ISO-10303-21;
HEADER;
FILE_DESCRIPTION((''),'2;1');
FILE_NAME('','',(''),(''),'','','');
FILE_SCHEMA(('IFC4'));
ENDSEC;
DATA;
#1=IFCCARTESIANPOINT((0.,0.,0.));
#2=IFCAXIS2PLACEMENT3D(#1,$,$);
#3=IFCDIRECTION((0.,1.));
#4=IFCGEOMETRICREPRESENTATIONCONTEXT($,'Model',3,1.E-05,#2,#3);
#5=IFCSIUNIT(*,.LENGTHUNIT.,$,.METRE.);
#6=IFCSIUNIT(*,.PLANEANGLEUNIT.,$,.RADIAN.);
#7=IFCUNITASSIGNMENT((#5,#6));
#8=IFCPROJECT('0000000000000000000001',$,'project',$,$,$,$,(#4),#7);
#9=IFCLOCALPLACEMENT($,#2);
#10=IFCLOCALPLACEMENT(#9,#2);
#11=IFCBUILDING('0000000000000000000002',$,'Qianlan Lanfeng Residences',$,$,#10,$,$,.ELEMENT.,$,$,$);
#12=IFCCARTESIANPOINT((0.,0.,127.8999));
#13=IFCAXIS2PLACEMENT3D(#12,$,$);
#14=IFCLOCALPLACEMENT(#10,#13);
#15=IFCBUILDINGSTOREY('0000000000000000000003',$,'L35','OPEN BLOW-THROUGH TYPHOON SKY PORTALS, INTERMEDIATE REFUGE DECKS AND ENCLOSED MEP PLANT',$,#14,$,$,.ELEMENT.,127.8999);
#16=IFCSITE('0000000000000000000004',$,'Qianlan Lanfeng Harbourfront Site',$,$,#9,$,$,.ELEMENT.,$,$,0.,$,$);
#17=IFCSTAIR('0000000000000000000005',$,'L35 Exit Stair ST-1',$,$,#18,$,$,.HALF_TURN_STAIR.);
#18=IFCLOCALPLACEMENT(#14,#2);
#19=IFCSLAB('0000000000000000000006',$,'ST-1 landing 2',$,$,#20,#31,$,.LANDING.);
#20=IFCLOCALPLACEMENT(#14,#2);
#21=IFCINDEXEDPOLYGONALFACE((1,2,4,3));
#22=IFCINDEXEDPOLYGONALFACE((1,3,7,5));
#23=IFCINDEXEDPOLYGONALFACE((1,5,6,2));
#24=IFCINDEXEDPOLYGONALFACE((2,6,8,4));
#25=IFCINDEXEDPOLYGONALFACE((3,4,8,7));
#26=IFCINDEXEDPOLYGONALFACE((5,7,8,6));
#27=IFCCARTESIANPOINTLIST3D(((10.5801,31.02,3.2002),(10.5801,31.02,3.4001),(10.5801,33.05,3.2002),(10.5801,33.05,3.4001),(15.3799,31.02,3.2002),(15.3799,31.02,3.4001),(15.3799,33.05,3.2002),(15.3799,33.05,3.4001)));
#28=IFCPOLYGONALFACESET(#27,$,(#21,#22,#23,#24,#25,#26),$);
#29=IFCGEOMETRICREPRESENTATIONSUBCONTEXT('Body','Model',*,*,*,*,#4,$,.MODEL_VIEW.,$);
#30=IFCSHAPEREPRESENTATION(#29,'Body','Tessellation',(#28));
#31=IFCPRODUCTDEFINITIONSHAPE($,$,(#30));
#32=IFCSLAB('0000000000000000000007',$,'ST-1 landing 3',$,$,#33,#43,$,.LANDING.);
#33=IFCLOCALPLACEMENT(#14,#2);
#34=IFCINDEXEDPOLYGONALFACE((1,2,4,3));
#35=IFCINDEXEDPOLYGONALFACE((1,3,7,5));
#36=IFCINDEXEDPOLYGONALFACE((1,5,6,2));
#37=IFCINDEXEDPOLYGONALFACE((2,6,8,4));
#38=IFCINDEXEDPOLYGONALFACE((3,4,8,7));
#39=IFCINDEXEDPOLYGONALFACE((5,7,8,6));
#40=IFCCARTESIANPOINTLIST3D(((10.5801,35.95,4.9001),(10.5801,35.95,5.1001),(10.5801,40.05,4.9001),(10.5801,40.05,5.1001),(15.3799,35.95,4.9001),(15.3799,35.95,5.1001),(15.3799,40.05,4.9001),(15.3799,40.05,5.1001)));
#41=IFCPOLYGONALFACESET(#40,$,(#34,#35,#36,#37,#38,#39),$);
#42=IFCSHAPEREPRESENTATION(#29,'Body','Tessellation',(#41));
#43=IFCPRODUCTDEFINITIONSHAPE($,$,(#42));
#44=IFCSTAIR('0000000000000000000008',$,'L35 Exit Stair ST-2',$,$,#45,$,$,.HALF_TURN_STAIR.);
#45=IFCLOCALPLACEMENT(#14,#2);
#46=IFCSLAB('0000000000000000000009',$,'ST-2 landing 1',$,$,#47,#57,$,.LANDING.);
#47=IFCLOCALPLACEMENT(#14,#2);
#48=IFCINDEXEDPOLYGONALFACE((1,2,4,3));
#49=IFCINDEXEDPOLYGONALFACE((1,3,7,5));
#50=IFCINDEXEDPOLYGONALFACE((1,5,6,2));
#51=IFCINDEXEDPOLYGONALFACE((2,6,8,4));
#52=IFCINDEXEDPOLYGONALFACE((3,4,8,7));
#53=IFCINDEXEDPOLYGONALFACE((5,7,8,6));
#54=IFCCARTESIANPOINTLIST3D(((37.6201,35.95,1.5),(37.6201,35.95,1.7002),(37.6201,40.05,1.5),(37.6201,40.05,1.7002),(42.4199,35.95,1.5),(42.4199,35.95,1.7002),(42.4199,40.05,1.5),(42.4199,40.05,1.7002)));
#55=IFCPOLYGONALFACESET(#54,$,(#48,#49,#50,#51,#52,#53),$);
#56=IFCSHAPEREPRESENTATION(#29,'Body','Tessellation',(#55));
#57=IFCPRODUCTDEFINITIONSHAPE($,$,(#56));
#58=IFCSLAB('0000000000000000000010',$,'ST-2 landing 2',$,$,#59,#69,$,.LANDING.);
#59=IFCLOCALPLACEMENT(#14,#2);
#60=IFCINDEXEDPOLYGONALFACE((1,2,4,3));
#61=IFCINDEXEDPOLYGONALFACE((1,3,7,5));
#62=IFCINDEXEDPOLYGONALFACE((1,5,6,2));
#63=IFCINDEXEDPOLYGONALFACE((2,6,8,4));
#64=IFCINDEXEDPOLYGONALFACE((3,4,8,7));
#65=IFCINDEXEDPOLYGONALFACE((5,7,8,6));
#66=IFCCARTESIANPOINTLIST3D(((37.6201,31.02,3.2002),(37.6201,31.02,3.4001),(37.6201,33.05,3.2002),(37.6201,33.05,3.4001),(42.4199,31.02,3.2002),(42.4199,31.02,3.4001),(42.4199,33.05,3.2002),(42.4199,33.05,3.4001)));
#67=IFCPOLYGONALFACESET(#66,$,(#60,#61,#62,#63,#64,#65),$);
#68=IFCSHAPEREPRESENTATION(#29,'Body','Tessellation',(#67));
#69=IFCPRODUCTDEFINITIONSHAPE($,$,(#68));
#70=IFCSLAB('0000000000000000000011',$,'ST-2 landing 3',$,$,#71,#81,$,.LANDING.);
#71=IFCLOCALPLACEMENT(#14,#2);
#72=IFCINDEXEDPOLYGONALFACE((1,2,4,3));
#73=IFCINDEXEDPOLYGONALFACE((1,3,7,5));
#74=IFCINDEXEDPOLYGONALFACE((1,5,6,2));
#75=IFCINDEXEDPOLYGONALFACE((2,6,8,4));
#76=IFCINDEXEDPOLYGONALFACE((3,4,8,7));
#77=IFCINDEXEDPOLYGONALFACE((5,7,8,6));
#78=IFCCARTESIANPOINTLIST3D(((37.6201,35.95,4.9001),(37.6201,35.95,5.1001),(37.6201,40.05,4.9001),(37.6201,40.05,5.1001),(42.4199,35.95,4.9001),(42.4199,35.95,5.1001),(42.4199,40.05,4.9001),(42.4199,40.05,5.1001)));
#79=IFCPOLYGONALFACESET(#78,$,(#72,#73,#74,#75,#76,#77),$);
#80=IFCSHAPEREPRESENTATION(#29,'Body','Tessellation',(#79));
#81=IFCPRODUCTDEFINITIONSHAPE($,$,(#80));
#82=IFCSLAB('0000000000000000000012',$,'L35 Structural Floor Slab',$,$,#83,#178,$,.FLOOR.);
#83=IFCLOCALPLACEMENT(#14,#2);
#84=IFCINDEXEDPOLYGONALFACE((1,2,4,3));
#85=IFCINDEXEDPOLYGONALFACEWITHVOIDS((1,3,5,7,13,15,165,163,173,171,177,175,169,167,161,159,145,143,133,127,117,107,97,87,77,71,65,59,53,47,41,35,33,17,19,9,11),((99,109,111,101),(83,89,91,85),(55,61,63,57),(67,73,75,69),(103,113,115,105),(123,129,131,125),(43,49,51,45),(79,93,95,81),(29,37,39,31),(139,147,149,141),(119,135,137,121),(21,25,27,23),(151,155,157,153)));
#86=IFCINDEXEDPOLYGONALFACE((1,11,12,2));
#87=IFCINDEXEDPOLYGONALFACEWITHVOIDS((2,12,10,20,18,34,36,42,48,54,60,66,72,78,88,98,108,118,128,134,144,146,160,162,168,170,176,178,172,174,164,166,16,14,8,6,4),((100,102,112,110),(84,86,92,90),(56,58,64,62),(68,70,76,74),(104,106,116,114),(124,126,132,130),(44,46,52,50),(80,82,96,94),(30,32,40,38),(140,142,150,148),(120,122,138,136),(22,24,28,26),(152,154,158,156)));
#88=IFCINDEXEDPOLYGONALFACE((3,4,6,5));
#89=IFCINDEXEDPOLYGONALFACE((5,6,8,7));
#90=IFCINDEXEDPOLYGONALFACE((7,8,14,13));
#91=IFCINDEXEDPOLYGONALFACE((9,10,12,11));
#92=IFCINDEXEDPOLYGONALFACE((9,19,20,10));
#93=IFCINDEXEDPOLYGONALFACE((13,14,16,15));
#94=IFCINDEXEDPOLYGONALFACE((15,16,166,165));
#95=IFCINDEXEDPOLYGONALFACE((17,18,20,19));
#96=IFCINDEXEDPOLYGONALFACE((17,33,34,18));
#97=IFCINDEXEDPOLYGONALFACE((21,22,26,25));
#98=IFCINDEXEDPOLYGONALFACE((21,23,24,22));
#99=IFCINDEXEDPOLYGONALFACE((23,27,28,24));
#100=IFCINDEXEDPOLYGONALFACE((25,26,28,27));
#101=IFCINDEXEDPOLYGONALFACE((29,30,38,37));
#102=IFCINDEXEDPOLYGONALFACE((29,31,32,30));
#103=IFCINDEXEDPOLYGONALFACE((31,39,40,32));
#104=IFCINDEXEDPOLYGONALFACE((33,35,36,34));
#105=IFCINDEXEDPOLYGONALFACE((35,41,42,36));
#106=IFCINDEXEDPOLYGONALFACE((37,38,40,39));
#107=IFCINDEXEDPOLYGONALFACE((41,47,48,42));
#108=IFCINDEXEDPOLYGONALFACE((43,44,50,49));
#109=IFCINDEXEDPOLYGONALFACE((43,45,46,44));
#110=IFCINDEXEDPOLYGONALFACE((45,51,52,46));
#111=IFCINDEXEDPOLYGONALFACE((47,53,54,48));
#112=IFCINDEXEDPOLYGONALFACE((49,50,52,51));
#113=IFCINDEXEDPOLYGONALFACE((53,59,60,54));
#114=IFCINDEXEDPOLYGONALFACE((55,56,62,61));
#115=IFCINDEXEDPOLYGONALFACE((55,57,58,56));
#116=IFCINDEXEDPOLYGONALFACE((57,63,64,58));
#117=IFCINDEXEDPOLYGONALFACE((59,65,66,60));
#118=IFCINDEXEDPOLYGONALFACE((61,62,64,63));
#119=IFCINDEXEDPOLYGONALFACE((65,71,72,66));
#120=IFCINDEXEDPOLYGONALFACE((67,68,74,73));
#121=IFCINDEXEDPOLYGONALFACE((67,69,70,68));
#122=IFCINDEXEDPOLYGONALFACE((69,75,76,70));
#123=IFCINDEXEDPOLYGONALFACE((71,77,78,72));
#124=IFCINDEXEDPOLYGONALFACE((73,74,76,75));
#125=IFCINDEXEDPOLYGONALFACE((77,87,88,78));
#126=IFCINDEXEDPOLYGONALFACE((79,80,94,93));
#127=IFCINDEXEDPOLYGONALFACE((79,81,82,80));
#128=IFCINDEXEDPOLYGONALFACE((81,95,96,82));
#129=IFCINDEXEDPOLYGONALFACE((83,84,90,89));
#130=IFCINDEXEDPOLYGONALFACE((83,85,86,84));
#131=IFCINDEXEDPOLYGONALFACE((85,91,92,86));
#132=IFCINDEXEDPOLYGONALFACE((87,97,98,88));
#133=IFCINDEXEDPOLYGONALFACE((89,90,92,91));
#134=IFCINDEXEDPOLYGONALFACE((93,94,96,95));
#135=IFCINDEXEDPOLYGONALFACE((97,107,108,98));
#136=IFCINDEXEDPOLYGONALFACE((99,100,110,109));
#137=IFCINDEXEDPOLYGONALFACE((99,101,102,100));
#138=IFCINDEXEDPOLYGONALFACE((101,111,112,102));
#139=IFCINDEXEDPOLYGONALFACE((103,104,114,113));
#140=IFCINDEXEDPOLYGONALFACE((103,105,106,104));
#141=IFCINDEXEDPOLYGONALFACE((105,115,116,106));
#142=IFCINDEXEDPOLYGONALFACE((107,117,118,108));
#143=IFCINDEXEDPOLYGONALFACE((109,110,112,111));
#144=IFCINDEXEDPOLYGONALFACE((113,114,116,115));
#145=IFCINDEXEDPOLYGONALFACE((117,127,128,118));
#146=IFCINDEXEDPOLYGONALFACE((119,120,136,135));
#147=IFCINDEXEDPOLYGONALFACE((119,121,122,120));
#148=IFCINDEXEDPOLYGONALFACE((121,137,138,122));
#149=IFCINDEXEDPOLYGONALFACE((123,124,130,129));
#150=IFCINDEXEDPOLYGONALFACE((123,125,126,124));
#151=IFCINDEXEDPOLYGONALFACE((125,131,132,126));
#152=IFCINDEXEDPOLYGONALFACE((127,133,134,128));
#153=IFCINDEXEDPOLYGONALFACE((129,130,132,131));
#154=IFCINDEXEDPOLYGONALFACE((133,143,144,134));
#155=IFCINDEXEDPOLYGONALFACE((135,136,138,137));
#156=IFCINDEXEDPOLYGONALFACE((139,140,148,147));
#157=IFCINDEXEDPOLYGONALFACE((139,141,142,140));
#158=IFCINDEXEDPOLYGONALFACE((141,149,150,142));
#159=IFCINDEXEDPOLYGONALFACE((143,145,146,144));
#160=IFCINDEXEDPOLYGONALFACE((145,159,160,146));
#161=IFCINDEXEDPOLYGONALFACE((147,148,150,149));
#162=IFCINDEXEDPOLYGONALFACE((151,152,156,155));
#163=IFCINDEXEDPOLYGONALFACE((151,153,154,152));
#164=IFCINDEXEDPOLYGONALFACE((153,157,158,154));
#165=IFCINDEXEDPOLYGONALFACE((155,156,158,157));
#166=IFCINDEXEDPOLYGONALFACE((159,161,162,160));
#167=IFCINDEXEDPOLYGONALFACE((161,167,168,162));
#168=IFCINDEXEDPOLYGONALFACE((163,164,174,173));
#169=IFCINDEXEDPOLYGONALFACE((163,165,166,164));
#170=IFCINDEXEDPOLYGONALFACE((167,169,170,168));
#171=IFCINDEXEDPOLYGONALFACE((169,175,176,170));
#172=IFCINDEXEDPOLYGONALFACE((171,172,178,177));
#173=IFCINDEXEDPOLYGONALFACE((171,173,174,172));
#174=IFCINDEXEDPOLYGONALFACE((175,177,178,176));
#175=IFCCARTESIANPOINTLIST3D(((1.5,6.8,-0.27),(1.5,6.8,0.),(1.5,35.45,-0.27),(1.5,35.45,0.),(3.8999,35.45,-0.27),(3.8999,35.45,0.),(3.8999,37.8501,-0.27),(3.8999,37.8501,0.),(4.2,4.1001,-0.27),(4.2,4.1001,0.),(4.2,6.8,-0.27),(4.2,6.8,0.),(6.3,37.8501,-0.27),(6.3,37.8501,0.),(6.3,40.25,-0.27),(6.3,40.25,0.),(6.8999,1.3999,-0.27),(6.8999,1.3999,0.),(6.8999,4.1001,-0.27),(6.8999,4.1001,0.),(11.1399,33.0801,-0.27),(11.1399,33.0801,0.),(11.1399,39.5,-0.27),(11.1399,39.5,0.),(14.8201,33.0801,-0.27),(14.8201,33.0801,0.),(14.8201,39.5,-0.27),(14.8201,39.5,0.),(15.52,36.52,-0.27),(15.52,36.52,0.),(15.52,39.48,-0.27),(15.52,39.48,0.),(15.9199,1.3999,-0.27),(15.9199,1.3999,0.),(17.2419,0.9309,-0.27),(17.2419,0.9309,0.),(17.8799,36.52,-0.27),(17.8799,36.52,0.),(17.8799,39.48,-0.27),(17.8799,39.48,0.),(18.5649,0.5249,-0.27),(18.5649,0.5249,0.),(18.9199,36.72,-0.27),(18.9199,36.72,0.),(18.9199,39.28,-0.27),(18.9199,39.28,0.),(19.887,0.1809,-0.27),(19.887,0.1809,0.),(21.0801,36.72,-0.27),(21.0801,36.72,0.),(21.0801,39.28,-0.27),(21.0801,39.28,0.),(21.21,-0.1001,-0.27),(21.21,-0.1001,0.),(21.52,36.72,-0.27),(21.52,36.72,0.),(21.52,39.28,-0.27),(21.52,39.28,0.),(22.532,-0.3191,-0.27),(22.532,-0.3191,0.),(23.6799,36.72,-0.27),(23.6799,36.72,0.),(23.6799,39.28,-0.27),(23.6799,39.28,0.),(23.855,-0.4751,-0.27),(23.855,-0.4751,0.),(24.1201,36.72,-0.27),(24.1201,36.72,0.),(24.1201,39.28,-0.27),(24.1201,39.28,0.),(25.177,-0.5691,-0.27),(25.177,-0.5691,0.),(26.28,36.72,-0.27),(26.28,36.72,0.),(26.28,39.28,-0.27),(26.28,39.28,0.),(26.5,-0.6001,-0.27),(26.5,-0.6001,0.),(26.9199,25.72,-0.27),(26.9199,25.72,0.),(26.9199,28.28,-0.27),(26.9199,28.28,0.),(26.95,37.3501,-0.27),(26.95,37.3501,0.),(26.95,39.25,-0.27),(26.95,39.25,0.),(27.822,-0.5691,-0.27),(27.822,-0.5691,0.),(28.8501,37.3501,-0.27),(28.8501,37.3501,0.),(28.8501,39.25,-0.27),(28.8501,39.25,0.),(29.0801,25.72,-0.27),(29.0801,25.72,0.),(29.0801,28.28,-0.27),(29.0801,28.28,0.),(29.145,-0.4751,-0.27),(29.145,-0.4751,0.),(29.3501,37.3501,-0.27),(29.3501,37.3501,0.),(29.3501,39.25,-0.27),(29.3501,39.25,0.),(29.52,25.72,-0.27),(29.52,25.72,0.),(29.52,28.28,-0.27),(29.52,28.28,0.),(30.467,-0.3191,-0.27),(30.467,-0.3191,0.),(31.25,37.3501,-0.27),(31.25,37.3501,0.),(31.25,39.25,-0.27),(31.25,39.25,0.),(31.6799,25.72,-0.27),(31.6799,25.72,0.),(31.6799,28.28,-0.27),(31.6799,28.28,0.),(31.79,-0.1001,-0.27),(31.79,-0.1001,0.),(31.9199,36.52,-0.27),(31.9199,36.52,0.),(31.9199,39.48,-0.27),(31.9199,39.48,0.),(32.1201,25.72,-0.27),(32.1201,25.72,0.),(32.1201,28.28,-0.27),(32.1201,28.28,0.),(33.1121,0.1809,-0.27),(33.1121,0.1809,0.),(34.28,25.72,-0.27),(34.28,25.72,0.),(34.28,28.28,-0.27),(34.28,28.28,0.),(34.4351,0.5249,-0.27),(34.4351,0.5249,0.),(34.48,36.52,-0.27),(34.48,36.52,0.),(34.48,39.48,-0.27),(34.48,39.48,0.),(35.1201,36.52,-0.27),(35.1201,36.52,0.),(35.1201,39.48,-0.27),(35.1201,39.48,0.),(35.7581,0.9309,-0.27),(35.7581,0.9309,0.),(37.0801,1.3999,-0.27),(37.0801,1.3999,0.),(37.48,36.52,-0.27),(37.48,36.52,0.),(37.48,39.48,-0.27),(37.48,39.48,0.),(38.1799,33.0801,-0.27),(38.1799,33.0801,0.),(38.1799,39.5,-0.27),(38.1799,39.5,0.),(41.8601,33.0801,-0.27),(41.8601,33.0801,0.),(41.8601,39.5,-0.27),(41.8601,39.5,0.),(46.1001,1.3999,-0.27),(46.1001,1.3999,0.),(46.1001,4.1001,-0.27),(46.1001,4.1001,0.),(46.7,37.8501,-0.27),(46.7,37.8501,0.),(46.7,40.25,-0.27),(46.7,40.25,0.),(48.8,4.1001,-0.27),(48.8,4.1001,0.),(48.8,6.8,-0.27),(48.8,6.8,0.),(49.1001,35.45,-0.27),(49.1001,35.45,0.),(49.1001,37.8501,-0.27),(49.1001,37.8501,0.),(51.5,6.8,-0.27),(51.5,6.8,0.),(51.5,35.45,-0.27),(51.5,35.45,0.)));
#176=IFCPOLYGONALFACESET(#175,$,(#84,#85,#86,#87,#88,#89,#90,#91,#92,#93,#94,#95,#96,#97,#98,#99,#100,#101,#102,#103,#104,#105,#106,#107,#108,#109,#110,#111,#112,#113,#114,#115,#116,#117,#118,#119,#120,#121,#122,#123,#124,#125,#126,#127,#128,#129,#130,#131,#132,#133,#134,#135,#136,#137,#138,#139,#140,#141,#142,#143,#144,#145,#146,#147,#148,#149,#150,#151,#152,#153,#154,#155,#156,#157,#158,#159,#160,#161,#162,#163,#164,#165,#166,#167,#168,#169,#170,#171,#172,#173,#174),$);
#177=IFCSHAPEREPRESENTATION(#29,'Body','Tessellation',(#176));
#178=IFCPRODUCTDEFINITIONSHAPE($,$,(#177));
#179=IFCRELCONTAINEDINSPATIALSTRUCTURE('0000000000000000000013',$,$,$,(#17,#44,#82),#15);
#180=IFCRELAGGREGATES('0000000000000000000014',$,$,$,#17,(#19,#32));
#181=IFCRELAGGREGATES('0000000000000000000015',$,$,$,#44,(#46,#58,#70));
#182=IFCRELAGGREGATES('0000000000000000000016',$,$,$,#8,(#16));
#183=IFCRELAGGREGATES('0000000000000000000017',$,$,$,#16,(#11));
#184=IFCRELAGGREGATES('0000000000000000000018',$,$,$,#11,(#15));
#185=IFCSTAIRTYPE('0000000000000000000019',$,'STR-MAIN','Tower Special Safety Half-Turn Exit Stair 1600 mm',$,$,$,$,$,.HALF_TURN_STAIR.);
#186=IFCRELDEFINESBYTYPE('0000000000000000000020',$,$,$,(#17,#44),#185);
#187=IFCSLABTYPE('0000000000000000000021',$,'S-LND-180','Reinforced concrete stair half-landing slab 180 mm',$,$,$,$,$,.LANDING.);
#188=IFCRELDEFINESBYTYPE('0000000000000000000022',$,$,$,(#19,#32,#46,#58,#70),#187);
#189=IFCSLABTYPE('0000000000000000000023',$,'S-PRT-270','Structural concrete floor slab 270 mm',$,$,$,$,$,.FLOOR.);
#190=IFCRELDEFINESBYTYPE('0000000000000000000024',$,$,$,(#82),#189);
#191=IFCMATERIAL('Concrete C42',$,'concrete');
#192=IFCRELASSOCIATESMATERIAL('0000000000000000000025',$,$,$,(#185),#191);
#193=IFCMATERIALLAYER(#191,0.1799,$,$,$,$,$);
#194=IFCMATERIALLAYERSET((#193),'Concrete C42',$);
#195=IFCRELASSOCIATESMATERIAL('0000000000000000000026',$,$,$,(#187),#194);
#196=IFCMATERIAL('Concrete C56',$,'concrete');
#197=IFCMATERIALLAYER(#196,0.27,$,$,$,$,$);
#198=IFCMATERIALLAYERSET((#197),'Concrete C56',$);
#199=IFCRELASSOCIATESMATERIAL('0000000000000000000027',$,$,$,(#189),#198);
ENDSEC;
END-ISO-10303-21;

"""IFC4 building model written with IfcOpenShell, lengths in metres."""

from ifc_helpers import new_model, si_unit, direction, frame, origin, place, context, subcontext, project, spatial, polyline, outline, extrude, material, layer, layer_set, type_object, element, aggregate, save


model = new_model("IFC4")

# Units and contexts
model_context = context("Model", 3, precision=1e-05, world=origin(), true_north=direction((0.0, 1.0)))
body_context = subcontext(model_context, "Body", "Model", "MODEL_VIEW")
ifc_project = project(units=[si_unit("LENGTHUNIT", "METRE"), si_unit("PLANEANGLEUNIT", "RADIAN")], contexts=[model_context])

# Site, building, storey
site_placement = place(None, origin())
site = spatial("IfcSite", under=ifc_project, at=site_placement, Name="Qianlan Lanfeng Harbourfront Site", CompositionType="ELEMENT", RefElevation=0.0)
building_placement = place(site_placement, origin())
building = spatial("IfcBuilding", under=site, at=building_placement, Name="Qianlan Lanfeng Residences", CompositionType="ELEMENT")
storey_placement = place(building_placement, frame((0.0, 0.0, 127.8999)))
storey = spatial("IfcBuildingStorey", under=building, at=storey_placement, Name="L35", Description="OPEN BLOW-THROUGH TYPHOON SKY PORTALS, INTERMEDIATE REFUGE DECKS AND ENCLOSED MEP PLANT", CompositionType="ELEMENT", Elevation=127.8999)

# Stairs, slabs
ifc_material_1 = material(Name="Concrete C42", Category="concrete")
stair_type = type_object("IfcStairType", Name="STR-MAIN", Description="Tower Special Safety Half-Turn Exit Stair 1600 mm", PredefinedType="HALF_TURN_STAIR", material=ifc_material_1)
stair_1_placement = place(storey_placement, origin())
stair_1 = element("IfcStair", 1, at=stair_1_placement, inside=storey, type_object=stair_type, Name="L35 Exit Stair ST-1", PredefinedType="HALF_TURN_STAIR")
ifc_layer_1 = layer(ifc_material_1, 0.1799)
ifc_layer_set_1 = layer_set([ifc_layer_1], Name="Concrete C42")
slab_type_1 = type_object("IfcSlabType", Name="S-LND-180", Description="Reinforced concrete stair half-landing slab 180 mm", PredefinedType="LANDING", material=ifc_layer_set_1)
slab_1_placement = place(storey_placement, frame((0.0, 0.0, 3.2002)))
slab_1 = element("IfcSlab", 2, at=slab_1_placement, type_object=slab_type_1, Name="ST-1 landing 2", PredefinedType="LANDING", context=body_context, shape_type="SweptSolid", body=[
    extrude(outline(polyline([(10.5801, 31.02), (15.3799, 31.02), (15.3799, 33.05), (10.5801, 33.05), (10.5801, 31.02)])), origin(), (0.0, 0.0, 1.0), 0.2),
])
slab_2_placement = place(storey_placement, frame((0.0, 0.0, 4.9001)))
slab_2 = element("IfcSlab", 3, at=slab_2_placement, type_object=slab_type_1, Name="ST-1 landing 3", PredefinedType="LANDING", context=body_context, shape_type="SweptSolid", body=[
    extrude(outline(polyline([(10.5801, 35.95), (15.3799, 35.95), (15.3799, 40.05), (10.5801, 40.05), (10.5801, 35.95)])), origin(), (0.0, 0.0, 1.0), 0.2),
])
aggregate(stair_1, [slab_1, slab_2])
stair_2_placement = place(storey_placement, origin())
stair_2 = element("IfcStair", 4, at=stair_2_placement, inside=storey, type_object=stair_type, Name="L35 Exit Stair ST-2", PredefinedType="HALF_TURN_STAIR")
slab_3_placement = place(storey_placement, frame((0.0, 0.0, 1.5)))
slab_3 = element("IfcSlab", 5, at=slab_3_placement, type_object=slab_type_1, Name="ST-2 landing 1", PredefinedType="LANDING", context=body_context, shape_type="SweptSolid", body=[
    extrude(outline(polyline([(37.6201, 35.95), (42.4199, 35.95), (42.4199, 40.05), (37.6201, 40.05), (37.6201, 35.95)])), origin(), (0.0, 0.0, 1.0), 0.2002),
])
slab_4_placement = place(storey_placement, frame((0.0, 0.0, 3.2002)))
slab_4 = element("IfcSlab", 6, at=slab_4_placement, type_object=slab_type_1, Name="ST-2 landing 2", PredefinedType="LANDING", context=body_context, shape_type="SweptSolid", body=[
    extrude(outline(polyline([(37.6201, 31.02), (42.4199, 31.02), (42.4199, 33.05), (37.6201, 33.05), (37.6201, 31.02)])), origin(), (0.0, 0.0, 1.0), 0.2),
])
slab_5_placement = place(storey_placement, frame((0.0, 0.0, 4.9001)))
slab_5 = element("IfcSlab", 7, at=slab_5_placement, type_object=slab_type_1, Name="ST-2 landing 3", PredefinedType="LANDING", context=body_context, shape_type="SweptSolid", body=[
    extrude(outline(polyline([(37.6201, 35.95), (42.4199, 35.95), (42.4199, 40.05), (37.6201, 40.05), (37.6201, 35.95)])), origin(), (0.0, 0.0, 1.0), 0.2),
])
aggregate(stair_2, [slab_3, slab_4, slab_5])

# Slab
ifc_material_2 = material(Name="Concrete C56", Category="concrete")
ifc_layer_2 = layer(ifc_material_2, 0.27)
ifc_layer_set_2 = layer_set([ifc_layer_2], Name="Concrete C56")
slab_type_2 = type_object("IfcSlabType", Name="S-PRT-270", Description="Structural concrete floor slab 270 mm", PredefinedType="FLOOR", material=ifc_layer_set_2)
slab_6_placement = place(storey_placement, frame((0.0, 0.0, -0.27)))
element("IfcSlab", 8, at=slab_6_placement, inside=storey, type_object=slab_type_2, Name="L35 Structural Floor Slab", PredefinedType="FLOOR", context=body_context, shape_type="SweptSolid", body=[
    extrude(outline(polyline([(1.5, 6.8), (4.2, 6.8), (4.2, 4.1001), (6.8999, 4.1001), (6.8999, 1.3999), (15.9199, 1.3999), (17.2419, 0.9309), (18.5649, 0.5249), (19.887, 0.1809), (21.21, -0.1001), (22.532, -0.3191), (23.855, -0.4751), (25.177, -0.5691), (26.5, -0.6001), (27.822, -0.5691), (29.145, -0.4751), (30.467, -0.3191), (31.79, -0.1001), (33.1121, 0.1809), (34.4351, 0.5249), (35.7581, 0.9309), (37.0801, 1.3999), (46.1001, 1.3999), (46.1001, 4.1001), (48.8, 4.1001), (48.8, 6.8), (51.5, 6.8), (51.5, 35.45), (49.1001, 35.45), (49.1001, 37.8501), (46.7, 37.8501), (46.7, 40.25), (6.3, 40.25), (6.3, 37.8501), (3.8999, 37.8501), (3.8999, 35.45), (1.5, 35.45), (1.5, 6.8)]), holes=[polyline([(11.1399, 33.0801), (11.1399, 39.5), (14.8201, 39.5), (14.8201, 33.0801), (11.1399, 33.0801)]), polyline([(38.1799, 33.0801), (38.1799, 39.5), (41.8601, 39.5), (41.8601, 33.0801), (38.1799, 33.0801)]), polyline([(15.52, 36.52), (15.52, 39.48), (17.8799, 39.48), (17.8799, 36.52), (15.52, 36.52)]), polyline([(35.1201, 36.52), (35.1201, 39.48), (37.48, 39.48), (37.48, 36.52), (35.1201, 36.52)]), polyline([(31.9199, 36.52), (31.9199, 39.48), (34.48, 39.48), (34.48, 36.52), (31.9199, 36.52)]), polyline([(26.9199, 25.72), (26.9199, 28.28), (29.0801, 28.28), (29.0801, 25.72), (26.9199, 25.72)]), polyline([(29.52, 25.72), (29.52, 28.28), (31.6799, 28.28), (31.6799, 25.72), (29.52, 25.72)]), polyline([(32.1201, 25.72), (32.1201, 28.28), (34.28, 28.28), (34.28, 25.72), (32.1201, 25.72)]), polyline([(18.9199, 36.72), (18.9199, 39.28), (21.0801, 39.28), (21.0801, 36.72), (18.9199, 36.72)]), polyline([(21.52, 36.72), (21.52, 39.28), (23.6799, 39.28), (23.6799, 36.72), (21.52, 36.72)]), polyline([(24.1201, 36.72), (24.1201, 39.28), (26.28, 39.28), (26.28, 36.72), (24.1201, 36.72)]), polyline([(26.95, 37.3501), (26.95, 39.25), (28.8501, 39.25), (28.8501, 37.3501), (26.95, 37.3501)]), polyline([(29.3501, 37.3501), (29.3501, 39.25), (31.25, 39.25), (31.25, 37.3501), (29.3501, 37.3501)])]), origin(), (0.0, 0.0, 1.0), 0.27),
])

save(model, "model.ifc")
